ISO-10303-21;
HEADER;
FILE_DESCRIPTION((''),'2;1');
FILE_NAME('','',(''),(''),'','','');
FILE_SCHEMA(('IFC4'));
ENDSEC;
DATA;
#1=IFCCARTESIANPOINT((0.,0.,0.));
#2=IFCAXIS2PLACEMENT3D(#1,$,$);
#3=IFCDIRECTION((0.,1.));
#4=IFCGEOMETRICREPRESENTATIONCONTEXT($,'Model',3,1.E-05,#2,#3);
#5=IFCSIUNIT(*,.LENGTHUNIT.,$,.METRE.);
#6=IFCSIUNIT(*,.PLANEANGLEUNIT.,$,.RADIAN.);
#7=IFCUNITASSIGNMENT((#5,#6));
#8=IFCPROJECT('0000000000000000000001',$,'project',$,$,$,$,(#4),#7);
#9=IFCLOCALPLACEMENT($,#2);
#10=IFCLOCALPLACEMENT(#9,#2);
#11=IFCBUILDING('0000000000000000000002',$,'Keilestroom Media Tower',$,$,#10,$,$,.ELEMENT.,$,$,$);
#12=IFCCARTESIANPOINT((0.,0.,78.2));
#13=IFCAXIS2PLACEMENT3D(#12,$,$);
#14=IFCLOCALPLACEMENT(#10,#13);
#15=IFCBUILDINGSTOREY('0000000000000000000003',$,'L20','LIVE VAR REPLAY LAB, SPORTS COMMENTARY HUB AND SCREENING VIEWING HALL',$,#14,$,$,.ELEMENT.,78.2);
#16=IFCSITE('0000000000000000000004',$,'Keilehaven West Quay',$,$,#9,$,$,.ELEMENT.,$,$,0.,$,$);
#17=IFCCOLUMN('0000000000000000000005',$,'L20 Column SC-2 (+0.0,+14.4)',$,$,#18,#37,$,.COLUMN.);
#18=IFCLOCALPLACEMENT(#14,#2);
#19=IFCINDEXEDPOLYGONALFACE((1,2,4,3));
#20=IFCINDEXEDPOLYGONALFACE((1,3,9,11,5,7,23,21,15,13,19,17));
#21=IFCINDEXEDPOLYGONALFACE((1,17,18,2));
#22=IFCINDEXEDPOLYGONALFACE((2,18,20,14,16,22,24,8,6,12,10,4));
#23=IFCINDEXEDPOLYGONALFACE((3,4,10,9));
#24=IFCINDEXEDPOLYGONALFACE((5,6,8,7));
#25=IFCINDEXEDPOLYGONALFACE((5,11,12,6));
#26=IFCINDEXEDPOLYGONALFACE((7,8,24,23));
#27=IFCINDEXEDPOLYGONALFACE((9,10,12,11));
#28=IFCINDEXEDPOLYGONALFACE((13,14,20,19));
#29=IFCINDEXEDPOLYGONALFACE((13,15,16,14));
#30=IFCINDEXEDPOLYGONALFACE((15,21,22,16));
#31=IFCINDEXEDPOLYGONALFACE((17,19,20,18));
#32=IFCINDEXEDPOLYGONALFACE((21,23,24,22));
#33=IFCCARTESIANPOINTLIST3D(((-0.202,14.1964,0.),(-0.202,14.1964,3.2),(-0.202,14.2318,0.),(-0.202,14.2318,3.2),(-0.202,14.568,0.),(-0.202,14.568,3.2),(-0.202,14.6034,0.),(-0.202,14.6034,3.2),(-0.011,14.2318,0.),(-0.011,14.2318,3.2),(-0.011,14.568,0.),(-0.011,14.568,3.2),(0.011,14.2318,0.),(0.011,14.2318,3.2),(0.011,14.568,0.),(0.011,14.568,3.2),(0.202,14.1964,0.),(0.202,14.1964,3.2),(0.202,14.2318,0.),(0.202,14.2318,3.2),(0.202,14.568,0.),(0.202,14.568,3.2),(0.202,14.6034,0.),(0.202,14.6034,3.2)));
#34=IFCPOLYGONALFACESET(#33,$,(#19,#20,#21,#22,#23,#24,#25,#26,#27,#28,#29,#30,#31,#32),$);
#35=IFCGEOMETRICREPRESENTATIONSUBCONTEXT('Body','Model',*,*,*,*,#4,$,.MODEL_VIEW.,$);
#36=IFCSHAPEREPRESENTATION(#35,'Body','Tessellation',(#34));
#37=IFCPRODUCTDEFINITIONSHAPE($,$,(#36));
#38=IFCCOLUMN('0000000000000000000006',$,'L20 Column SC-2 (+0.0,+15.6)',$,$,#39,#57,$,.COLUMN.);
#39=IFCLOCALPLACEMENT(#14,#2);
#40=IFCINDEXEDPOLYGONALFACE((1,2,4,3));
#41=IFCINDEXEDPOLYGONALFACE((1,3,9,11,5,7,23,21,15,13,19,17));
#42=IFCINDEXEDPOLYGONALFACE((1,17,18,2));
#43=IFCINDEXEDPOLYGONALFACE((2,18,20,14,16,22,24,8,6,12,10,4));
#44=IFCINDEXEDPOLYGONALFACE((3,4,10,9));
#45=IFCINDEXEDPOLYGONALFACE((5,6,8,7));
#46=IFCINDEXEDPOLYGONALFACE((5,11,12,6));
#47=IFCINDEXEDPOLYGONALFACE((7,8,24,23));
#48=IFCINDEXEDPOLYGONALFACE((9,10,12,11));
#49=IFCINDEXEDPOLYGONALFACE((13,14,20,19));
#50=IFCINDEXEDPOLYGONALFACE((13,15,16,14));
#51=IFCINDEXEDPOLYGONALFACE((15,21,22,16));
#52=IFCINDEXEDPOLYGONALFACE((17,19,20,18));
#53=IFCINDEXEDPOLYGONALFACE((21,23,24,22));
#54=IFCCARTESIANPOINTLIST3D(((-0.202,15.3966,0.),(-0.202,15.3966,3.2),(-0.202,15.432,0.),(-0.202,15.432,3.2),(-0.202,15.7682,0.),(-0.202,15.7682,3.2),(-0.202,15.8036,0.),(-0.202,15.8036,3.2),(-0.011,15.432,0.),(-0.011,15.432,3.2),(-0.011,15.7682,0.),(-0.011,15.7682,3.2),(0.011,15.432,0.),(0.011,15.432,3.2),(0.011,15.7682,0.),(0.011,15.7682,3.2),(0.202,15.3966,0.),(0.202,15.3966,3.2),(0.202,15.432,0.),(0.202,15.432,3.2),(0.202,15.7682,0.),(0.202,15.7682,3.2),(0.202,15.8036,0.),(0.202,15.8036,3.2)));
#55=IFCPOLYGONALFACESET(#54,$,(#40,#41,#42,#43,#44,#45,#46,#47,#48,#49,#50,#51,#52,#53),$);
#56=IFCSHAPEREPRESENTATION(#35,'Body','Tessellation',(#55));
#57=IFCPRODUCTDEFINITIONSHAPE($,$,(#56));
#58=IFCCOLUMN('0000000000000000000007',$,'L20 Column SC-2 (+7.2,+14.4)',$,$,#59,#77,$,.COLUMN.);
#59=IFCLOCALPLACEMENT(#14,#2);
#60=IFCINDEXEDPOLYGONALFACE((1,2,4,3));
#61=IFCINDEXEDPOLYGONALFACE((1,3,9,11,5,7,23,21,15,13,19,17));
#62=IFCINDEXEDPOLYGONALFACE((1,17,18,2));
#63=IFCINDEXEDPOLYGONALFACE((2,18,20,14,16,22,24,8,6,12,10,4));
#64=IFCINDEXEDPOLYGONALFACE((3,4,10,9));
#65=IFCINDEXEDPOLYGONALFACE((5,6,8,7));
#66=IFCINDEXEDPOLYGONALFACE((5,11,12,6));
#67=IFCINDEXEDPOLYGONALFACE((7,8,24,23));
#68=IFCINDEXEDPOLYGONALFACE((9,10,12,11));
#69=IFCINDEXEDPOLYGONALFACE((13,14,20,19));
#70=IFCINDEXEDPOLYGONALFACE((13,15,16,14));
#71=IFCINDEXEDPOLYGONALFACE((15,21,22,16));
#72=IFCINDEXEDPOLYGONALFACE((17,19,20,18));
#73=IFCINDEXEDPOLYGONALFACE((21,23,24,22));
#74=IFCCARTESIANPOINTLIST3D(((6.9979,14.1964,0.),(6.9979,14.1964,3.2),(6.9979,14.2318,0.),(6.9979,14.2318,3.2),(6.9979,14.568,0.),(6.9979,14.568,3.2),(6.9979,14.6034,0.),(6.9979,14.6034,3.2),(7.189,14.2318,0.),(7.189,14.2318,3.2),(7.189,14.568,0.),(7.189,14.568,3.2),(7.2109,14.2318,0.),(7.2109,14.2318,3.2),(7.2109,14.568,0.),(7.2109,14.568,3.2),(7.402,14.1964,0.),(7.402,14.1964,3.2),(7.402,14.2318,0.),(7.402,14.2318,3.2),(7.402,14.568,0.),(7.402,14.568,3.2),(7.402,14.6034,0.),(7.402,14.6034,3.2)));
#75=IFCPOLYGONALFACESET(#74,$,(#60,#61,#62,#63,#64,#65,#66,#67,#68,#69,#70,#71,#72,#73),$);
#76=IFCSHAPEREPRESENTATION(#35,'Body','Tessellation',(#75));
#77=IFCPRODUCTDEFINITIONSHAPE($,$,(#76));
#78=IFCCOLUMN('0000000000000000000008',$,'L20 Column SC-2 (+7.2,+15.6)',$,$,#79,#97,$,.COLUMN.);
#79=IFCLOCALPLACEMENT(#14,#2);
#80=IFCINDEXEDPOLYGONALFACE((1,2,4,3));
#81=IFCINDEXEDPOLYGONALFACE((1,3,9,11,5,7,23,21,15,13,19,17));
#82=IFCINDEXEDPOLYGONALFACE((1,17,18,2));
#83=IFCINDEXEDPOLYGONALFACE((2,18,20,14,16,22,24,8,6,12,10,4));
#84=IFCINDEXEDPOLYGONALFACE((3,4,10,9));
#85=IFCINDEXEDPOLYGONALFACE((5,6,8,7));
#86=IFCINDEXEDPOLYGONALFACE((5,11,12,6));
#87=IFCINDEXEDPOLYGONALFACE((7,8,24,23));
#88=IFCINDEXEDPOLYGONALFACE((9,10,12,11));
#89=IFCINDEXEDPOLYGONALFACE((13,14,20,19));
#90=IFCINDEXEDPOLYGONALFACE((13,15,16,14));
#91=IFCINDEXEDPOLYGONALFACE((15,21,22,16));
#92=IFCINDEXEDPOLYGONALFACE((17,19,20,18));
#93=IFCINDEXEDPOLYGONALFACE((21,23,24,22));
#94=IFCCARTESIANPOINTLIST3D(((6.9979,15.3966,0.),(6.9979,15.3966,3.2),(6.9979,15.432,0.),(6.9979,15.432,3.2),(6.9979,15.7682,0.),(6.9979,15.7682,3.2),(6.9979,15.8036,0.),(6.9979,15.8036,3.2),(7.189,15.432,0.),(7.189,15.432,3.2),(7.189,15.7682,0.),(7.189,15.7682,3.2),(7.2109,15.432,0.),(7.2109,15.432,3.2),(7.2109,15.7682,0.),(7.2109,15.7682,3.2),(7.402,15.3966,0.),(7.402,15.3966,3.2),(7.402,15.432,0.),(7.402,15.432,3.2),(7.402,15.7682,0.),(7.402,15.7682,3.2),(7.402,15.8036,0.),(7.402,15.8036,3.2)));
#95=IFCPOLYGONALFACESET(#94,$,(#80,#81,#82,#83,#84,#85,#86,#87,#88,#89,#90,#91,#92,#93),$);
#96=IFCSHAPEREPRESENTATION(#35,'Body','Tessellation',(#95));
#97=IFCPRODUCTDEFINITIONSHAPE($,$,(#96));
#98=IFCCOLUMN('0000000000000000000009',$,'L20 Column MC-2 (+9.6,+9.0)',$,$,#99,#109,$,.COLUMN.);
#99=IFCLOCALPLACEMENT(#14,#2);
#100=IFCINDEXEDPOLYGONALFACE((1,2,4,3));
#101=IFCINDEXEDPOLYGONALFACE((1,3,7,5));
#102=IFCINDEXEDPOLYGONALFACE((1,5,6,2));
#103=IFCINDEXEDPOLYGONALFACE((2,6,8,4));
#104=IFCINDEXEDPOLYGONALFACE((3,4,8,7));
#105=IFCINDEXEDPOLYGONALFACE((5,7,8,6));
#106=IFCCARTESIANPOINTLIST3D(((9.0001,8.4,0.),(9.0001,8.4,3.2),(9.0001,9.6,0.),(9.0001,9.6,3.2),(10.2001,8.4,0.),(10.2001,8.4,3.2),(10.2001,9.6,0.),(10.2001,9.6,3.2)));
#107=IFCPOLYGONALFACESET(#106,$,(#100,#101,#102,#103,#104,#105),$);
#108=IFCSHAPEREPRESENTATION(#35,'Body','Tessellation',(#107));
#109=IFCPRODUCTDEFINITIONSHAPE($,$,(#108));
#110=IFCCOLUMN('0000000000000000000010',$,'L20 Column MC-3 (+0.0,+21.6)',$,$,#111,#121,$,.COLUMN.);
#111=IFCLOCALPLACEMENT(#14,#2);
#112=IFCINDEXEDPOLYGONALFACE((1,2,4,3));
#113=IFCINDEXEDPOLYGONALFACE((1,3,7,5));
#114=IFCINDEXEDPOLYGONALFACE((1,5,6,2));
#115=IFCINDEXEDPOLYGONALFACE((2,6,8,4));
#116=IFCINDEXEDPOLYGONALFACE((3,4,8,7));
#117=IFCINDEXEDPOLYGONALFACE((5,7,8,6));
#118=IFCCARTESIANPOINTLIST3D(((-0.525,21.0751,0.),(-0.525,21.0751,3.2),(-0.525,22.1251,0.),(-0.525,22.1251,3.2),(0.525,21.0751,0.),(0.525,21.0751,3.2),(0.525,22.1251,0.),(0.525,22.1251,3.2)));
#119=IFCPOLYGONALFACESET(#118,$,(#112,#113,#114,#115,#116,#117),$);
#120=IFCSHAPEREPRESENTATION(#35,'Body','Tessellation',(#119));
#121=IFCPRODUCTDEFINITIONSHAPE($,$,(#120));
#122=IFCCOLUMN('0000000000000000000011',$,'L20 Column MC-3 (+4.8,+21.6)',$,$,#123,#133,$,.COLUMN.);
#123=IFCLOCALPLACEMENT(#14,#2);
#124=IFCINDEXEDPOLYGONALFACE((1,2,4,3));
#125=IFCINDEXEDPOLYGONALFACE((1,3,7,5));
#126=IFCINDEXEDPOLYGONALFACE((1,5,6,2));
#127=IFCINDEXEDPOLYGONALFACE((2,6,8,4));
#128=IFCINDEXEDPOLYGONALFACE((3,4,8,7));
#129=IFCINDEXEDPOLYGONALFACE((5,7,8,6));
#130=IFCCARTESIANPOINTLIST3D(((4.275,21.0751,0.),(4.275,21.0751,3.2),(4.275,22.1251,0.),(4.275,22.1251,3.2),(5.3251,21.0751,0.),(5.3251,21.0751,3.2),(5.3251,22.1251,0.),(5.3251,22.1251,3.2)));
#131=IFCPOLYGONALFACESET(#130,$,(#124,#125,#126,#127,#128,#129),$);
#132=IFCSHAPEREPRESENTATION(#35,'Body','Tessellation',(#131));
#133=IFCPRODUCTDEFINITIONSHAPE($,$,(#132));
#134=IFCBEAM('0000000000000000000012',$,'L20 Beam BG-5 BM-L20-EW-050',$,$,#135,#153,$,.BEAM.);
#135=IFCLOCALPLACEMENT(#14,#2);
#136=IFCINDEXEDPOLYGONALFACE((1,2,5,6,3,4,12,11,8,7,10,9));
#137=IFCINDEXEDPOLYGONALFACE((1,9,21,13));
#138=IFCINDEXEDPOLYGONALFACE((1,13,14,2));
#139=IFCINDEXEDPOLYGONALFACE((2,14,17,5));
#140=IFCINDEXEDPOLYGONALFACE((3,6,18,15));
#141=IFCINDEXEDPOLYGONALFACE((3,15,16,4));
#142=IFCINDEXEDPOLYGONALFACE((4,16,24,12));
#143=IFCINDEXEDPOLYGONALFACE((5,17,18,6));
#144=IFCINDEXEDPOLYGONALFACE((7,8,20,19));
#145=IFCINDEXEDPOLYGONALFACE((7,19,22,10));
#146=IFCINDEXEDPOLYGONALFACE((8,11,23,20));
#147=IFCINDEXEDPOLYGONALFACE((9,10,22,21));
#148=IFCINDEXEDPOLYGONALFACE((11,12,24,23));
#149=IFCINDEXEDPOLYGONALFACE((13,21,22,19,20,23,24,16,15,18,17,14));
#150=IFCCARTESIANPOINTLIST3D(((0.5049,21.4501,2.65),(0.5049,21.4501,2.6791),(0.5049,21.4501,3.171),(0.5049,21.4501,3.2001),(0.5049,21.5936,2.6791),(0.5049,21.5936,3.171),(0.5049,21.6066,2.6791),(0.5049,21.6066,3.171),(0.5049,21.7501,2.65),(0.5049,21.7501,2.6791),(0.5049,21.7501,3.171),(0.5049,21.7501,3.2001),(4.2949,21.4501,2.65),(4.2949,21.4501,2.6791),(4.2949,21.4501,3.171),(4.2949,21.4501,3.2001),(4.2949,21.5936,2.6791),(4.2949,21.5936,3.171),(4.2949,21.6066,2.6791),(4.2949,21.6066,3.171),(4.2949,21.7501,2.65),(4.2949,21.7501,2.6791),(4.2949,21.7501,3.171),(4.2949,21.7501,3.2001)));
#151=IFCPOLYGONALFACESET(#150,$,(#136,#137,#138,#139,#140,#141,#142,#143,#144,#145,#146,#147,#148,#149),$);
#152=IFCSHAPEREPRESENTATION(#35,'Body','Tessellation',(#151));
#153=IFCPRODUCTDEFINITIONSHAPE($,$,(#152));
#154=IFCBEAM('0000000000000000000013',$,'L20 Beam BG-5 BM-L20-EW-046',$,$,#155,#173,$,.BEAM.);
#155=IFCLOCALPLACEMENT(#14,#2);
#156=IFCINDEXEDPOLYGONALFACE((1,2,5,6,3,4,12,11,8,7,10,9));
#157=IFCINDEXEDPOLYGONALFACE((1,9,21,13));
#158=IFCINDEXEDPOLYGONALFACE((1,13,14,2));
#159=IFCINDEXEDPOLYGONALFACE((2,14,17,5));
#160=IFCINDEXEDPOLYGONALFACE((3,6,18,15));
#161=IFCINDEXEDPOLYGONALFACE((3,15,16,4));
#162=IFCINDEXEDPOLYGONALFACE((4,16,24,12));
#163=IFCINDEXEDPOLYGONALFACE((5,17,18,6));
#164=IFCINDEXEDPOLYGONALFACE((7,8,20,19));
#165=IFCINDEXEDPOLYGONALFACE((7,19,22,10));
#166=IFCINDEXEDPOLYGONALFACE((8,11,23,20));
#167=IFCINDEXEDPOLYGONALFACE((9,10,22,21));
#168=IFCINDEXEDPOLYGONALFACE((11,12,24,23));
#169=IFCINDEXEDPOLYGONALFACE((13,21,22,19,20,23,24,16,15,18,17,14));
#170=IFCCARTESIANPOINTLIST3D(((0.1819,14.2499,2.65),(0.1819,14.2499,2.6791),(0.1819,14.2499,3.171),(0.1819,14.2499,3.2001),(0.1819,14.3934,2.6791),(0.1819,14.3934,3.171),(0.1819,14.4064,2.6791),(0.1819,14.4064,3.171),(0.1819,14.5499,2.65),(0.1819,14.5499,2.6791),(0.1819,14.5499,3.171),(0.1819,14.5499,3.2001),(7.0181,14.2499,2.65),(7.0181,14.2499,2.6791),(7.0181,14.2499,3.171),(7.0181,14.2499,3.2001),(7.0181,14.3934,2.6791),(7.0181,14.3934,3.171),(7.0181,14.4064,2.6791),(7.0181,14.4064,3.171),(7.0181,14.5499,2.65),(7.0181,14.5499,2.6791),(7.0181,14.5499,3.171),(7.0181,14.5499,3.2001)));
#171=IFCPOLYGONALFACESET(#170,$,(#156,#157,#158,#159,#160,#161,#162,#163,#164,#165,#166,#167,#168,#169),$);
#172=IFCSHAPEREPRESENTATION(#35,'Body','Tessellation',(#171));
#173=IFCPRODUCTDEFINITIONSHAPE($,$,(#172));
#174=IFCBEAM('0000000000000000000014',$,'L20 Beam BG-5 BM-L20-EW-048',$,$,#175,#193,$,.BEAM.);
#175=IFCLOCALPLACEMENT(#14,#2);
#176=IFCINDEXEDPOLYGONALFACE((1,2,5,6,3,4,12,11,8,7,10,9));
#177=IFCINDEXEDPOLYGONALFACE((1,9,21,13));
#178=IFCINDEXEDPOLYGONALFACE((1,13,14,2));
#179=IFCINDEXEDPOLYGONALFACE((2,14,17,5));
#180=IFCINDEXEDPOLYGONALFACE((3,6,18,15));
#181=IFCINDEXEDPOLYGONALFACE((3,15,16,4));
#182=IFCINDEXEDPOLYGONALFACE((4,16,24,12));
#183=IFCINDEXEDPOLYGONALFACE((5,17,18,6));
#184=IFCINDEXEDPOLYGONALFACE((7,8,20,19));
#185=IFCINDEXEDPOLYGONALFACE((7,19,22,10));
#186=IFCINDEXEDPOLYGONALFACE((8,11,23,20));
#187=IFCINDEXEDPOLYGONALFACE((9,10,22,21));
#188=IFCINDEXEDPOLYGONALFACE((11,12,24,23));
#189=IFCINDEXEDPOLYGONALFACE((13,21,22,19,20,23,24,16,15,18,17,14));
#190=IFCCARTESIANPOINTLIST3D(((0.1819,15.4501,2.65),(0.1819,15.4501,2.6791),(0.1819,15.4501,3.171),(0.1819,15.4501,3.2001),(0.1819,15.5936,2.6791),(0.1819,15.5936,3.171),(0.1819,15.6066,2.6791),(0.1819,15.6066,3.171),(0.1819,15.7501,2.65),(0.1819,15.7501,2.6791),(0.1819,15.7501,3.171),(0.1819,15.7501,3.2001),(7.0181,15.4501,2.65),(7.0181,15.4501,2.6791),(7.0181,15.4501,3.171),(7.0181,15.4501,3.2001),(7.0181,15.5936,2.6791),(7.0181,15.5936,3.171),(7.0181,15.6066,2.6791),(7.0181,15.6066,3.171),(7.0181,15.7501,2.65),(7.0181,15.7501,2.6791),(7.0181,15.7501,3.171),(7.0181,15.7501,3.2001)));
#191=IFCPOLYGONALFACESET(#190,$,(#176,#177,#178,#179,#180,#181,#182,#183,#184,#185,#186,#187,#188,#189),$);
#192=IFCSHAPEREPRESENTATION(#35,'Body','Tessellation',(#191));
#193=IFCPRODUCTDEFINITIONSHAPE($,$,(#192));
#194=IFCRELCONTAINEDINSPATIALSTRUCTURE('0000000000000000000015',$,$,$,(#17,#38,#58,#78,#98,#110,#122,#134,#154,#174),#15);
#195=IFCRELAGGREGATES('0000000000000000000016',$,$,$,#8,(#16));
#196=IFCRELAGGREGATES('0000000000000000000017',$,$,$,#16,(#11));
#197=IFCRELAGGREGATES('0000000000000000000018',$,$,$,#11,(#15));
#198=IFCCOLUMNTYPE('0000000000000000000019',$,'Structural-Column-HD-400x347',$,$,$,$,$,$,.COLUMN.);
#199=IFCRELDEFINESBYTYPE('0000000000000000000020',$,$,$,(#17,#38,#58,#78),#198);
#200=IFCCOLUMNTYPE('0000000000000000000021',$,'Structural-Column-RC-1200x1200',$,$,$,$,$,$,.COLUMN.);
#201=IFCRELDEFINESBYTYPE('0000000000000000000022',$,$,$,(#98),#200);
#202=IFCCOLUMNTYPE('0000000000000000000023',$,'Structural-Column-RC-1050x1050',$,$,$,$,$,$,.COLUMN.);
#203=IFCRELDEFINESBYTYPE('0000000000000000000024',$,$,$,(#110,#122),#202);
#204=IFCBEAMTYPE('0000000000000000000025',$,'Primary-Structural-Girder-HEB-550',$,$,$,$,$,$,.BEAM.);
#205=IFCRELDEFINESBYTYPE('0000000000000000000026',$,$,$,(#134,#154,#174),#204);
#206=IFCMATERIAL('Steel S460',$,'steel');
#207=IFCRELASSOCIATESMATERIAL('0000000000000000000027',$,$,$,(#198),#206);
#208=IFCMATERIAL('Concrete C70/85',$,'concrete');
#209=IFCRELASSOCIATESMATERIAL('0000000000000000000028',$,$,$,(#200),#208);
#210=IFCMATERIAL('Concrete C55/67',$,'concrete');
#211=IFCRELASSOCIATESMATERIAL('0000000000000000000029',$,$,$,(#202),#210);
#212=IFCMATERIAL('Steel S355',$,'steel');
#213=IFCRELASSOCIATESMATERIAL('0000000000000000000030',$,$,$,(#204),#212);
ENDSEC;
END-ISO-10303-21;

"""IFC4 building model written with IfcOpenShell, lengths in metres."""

from ifc_helpers import new_model, si_unit, direction, frame, origin, origin_2d, place, context, subcontext, project, spatial, rectangle, i_section, extrude, source, transform, mapped, material, material_profile, profile_set, type_object, element, save


model = new_model("IFC4")

# Units and contexts
model_context = context("Model", 3, precision=1e-05, world=origin(), true_north=direction((0.0, 1.0)))
body_context = subcontext(model_context, "Body", "Model", "MODEL_VIEW")
ifc_project = project(units=[si_unit("LENGTHUNIT", "METRE"), si_unit("PLANEANGLEUNIT", "RADIAN")], contexts=[model_context])

# Site, building, storey
site_placement = place(None, origin())
site = spatial("IfcSite", under=ifc_project, at=site_placement, Name="Keilehaven West Quay", CompositionType="ELEMENT", RefElevation=0.0)
building_placement = place(site_placement, origin())
building = spatial("IfcBuilding", under=site, at=building_placement, Name="Keilestroom Media Tower", CompositionType="ELEMENT")
storey_placement = place(building_placement, frame((0.0, 0.0, 78.2)))
storey = spatial("IfcBuildingStorey", under=building, at=storey_placement, Name="L20", Description="LIVE VAR REPLAY LAB, SPORTS COMMENTARY HUB AND SCREENING VIEWING HALL", CompositionType="ELEMENT", Elevation=78.2)

# Columns
ifc_material_1 = material(Name="Steel S460", Category="steel")
ifc_material_profile_1 = material_profile(ifc_material_1, i_section(OverallWidth=0.4041, OverallDepth=0.407, WebThickness=0.022, FlangeThickness=0.0354, at=origin_2d()), Name="HD 400x347")
ifc_profile_set_1 = profile_set([ifc_material_profile_1], Name="Steel S460")
column_type_1 = type_object("IfcColumnType", Name="Structural-Column-HD-400x347", PredefinedType="COLUMN", material=ifc_profile_set_1)
shared_shape_1 = source(origin(), body_context, "Body", "SweptSolid", [
    extrude(i_section(OverallWidth=0.4041, OverallDepth=0.407, WebThickness=0.022, FlangeThickness=0.0354, at=origin_2d()), origin(), (0.0, 0.0, 1.0), 3.2),
])
for number, where, z_axis, x_axis, name in (
    (1, (0.0, 14.3999, 0.0), (0.0, 0.0, 1.0), (1.0, 0.0, 0.0), "L20 Column SC-2 (+0.0,+14.4)"),
    (2, (0.0, 15.6001, 0.0), (0.0, 0.0, 1.0), (1.0, 0.0, 0.0), "L20 Column SC-2 (+0.0,+15.6)"),
    (3, (7.2, 14.3999, 0.0), (0.0, 0.0, 1.0), (1.0, 0.0, 0.0), "L20 Column SC-2 (+7.2,+14.4)"),
    (4, (7.2, 15.6001, 0.0), (0.0, 0.0, 1.0), (1.0, 0.0, 0.0), "L20 Column SC-2 (+7.2,+15.6)"),
):
    element("IfcColumn", number, at=place(storey_placement, frame(where, z_axis=z_axis, x_axis=x_axis)), inside=storey, type_object=column_type_1, Name=name, PredefinedType="COLUMN", context=body_context, shape_type="MappedRepresentation", body=[
        mapped(shared_shape_1, transform((0.0, 0.0, 0.0), x_axis=(1.0, 0.0, 0.0), y_axis=(0.0, 1.0, 0.0), z_axis=(0.0, 0.0, 1.0), scale=1.0)),
    ])
ifc_material_2 = material(Name="Concrete C70/85", Category="concrete")
ifc_material_profile_2 = material_profile(ifc_material_2, rectangle(XDim=1.2, YDim=1.2, at=origin_2d()), Name="RC 1200x1200")
ifc_profile_set_2 = profile_set([ifc_material_profile_2], Name="Concrete C70/85")
column_type_2 = type_object("IfcColumnType", Name="Structural-Column-RC-1200x1200", PredefinedType="COLUMN", material=ifc_profile_set_2)
shared_shape_2 = source(origin(), body_context, "Body", "SweptSolid", [
    extrude(rectangle(XDim=1.2, YDim=1.2, at=origin_2d()), origin(), (0.0, 0.0, 1.0), 3.2),
])
column_placement = place(storey_placement, frame((9.6001, 9.0, 0.0), z_axis=(0.0, 0.0, 1.0), x_axis=(1.0, 0.0, 0.0)))
element("IfcColumn", 5, at=column_placement, inside=storey, type_object=column_type_2, Name="L20 Column MC-2 (+9.6,+9.0)", PredefinedType="COLUMN", context=body_context, shape_type="MappedRepresentation", body=[
    mapped(shared_shape_2, transform((0.0, 0.0, 0.0), x_axis=(1.0, 0.0, 0.0), y_axis=(0.0, 1.0, 0.0), z_axis=(0.0, 0.0, 1.0), scale=1.0)),
])
ifc_material_3 = material(Name="Concrete C55/67", Category="concrete")
ifc_material_profile_3 = material_profile(ifc_material_3, rectangle(XDim=1.05, YDim=1.05, at=origin_2d()), Name="RC 1050x1050")
ifc_profile_set_3 = profile_set([ifc_material_profile_3], Name="Concrete C55/67")
column_type_3 = type_object("IfcColumnType", Name="Structural-Column-RC-1050x1050", PredefinedType="COLUMN", material=ifc_profile_set_3)
shared_shape_3 = source(origin(), body_context, "Body", "SweptSolid", [
    extrude(rectangle(XDim=1.05, YDim=1.05, at=origin_2d()), origin(), (0.0, 0.0, 1.0), 3.2),
])
for number, where, z_axis, x_axis, name in (
    (6, (0.0, 21.6001, 0.0), (0.0, 0.0, 1.0), (1.0, 0.0, 0.0), "L20 Column MC-3 (+0.0,+21.6)"),
    (7, (4.8, 21.6001, 0.0), (0.0, 0.0, 1.0), (1.0, 0.0, 0.0), "L20 Column MC-3 (+4.8,+21.6)"),
):
    element("IfcColumn", number, at=place(storey_placement, frame(where, z_axis=z_axis, x_axis=x_axis)), inside=storey, type_object=column_type_3, Name=name, PredefinedType="COLUMN", context=body_context, shape_type="MappedRepresentation", body=[
        mapped(shared_shape_3, transform((0.0, 0.0, 0.0), x_axis=(1.0, 0.0, 0.0), y_axis=(0.0, 1.0, 0.0), z_axis=(0.0, 0.0, 1.0), scale=1.0)),
    ])

# Beams
ifc_material_4 = material(Name="Steel S355", Category="steel")
ifc_material_profile_4 = material_profile(ifc_material_4, i_section(OverallWidth=0.3, OverallDepth=0.55, WebThickness=0.0129, FlangeThickness=0.0291, at=origin_2d()), Name="HEB 550")
ifc_profile_set_4 = profile_set([ifc_material_profile_4], Name="Steel S355")
beam_type_1 = type_object("IfcBeamType", Name="Primary-Structural-Girder-HEB-550", PredefinedType="BEAM", material=ifc_profile_set_4)
shared_shape_4 = source(origin(), body_context, "Body", "SweptSolid", [
    extrude(i_section(OverallWidth=0.3, OverallDepth=0.55, WebThickness=0.0129, FlangeThickness=0.0291, at=origin_2d()), origin(), (0.0, 0.0, 1.0), 3.79),
])
beam_1_placement = place(storey_placement, frame((0.5049, 21.6001, 2.925), z_axis=(1.0, 0.0, 0.0), x_axis=(0.0, 1.0, 0.0)))
element("IfcBeam", 8, at=beam_1_placement, inside=storey, type_object=beam_type_1, Name="L20 Beam BG-5 BM-L20-EW-050", PredefinedType="BEAM", context=body_context, shape_type="MappedRepresentation", body=[
    mapped(shared_shape_4, transform((0.0, 0.0, 0.0), x_axis=(1.0, 0.0, 0.0), y_axis=(0.0, 1.0, 0.0), z_axis=(0.0, 0.0, 1.0), scale=1.0)),
])
shared_shape_5 = source(origin(), body_context, "Body", "SweptSolid", [
    extrude(i_section(OverallWidth=0.3, OverallDepth=0.55, WebThickness=0.0129, FlangeThickness=0.0291, at=origin_2d()), origin(), (0.0, 0.0, 1.0), 6.8362),
])
for number, where, z_axis, x_axis, name in (
    (9, (0.1819, 14.3999, 2.925), (1.0, 0.0, 0.0), (0.0, 1.0, 0.0), "L20 Beam BG-5 BM-L20-EW-046"),
    (10, (0.1819, 15.6001, 2.925), (1.0, 0.0, 0.0), (0.0, 1.0, 0.0), "L20 Beam BG-5 BM-L20-EW-048"),
):
    element("IfcBeam", number, at=place(storey_placement, frame(where, z_axis=z_axis, x_axis=x_axis)), inside=storey, type_object=beam_type_1, Name=name, PredefinedType="BEAM", context=body_context, shape_type="MappedRepresentation", body=[
        mapped(shared_shape_5, transform((0.0, 0.0, 0.0), x_axis=(1.0, 0.0, 0.0), y_axis=(0.0, 1.0, 0.0), z_axis=(0.0, 0.0, 1.0), scale=1.0)),
    ])

save(model, "model.ifc")
